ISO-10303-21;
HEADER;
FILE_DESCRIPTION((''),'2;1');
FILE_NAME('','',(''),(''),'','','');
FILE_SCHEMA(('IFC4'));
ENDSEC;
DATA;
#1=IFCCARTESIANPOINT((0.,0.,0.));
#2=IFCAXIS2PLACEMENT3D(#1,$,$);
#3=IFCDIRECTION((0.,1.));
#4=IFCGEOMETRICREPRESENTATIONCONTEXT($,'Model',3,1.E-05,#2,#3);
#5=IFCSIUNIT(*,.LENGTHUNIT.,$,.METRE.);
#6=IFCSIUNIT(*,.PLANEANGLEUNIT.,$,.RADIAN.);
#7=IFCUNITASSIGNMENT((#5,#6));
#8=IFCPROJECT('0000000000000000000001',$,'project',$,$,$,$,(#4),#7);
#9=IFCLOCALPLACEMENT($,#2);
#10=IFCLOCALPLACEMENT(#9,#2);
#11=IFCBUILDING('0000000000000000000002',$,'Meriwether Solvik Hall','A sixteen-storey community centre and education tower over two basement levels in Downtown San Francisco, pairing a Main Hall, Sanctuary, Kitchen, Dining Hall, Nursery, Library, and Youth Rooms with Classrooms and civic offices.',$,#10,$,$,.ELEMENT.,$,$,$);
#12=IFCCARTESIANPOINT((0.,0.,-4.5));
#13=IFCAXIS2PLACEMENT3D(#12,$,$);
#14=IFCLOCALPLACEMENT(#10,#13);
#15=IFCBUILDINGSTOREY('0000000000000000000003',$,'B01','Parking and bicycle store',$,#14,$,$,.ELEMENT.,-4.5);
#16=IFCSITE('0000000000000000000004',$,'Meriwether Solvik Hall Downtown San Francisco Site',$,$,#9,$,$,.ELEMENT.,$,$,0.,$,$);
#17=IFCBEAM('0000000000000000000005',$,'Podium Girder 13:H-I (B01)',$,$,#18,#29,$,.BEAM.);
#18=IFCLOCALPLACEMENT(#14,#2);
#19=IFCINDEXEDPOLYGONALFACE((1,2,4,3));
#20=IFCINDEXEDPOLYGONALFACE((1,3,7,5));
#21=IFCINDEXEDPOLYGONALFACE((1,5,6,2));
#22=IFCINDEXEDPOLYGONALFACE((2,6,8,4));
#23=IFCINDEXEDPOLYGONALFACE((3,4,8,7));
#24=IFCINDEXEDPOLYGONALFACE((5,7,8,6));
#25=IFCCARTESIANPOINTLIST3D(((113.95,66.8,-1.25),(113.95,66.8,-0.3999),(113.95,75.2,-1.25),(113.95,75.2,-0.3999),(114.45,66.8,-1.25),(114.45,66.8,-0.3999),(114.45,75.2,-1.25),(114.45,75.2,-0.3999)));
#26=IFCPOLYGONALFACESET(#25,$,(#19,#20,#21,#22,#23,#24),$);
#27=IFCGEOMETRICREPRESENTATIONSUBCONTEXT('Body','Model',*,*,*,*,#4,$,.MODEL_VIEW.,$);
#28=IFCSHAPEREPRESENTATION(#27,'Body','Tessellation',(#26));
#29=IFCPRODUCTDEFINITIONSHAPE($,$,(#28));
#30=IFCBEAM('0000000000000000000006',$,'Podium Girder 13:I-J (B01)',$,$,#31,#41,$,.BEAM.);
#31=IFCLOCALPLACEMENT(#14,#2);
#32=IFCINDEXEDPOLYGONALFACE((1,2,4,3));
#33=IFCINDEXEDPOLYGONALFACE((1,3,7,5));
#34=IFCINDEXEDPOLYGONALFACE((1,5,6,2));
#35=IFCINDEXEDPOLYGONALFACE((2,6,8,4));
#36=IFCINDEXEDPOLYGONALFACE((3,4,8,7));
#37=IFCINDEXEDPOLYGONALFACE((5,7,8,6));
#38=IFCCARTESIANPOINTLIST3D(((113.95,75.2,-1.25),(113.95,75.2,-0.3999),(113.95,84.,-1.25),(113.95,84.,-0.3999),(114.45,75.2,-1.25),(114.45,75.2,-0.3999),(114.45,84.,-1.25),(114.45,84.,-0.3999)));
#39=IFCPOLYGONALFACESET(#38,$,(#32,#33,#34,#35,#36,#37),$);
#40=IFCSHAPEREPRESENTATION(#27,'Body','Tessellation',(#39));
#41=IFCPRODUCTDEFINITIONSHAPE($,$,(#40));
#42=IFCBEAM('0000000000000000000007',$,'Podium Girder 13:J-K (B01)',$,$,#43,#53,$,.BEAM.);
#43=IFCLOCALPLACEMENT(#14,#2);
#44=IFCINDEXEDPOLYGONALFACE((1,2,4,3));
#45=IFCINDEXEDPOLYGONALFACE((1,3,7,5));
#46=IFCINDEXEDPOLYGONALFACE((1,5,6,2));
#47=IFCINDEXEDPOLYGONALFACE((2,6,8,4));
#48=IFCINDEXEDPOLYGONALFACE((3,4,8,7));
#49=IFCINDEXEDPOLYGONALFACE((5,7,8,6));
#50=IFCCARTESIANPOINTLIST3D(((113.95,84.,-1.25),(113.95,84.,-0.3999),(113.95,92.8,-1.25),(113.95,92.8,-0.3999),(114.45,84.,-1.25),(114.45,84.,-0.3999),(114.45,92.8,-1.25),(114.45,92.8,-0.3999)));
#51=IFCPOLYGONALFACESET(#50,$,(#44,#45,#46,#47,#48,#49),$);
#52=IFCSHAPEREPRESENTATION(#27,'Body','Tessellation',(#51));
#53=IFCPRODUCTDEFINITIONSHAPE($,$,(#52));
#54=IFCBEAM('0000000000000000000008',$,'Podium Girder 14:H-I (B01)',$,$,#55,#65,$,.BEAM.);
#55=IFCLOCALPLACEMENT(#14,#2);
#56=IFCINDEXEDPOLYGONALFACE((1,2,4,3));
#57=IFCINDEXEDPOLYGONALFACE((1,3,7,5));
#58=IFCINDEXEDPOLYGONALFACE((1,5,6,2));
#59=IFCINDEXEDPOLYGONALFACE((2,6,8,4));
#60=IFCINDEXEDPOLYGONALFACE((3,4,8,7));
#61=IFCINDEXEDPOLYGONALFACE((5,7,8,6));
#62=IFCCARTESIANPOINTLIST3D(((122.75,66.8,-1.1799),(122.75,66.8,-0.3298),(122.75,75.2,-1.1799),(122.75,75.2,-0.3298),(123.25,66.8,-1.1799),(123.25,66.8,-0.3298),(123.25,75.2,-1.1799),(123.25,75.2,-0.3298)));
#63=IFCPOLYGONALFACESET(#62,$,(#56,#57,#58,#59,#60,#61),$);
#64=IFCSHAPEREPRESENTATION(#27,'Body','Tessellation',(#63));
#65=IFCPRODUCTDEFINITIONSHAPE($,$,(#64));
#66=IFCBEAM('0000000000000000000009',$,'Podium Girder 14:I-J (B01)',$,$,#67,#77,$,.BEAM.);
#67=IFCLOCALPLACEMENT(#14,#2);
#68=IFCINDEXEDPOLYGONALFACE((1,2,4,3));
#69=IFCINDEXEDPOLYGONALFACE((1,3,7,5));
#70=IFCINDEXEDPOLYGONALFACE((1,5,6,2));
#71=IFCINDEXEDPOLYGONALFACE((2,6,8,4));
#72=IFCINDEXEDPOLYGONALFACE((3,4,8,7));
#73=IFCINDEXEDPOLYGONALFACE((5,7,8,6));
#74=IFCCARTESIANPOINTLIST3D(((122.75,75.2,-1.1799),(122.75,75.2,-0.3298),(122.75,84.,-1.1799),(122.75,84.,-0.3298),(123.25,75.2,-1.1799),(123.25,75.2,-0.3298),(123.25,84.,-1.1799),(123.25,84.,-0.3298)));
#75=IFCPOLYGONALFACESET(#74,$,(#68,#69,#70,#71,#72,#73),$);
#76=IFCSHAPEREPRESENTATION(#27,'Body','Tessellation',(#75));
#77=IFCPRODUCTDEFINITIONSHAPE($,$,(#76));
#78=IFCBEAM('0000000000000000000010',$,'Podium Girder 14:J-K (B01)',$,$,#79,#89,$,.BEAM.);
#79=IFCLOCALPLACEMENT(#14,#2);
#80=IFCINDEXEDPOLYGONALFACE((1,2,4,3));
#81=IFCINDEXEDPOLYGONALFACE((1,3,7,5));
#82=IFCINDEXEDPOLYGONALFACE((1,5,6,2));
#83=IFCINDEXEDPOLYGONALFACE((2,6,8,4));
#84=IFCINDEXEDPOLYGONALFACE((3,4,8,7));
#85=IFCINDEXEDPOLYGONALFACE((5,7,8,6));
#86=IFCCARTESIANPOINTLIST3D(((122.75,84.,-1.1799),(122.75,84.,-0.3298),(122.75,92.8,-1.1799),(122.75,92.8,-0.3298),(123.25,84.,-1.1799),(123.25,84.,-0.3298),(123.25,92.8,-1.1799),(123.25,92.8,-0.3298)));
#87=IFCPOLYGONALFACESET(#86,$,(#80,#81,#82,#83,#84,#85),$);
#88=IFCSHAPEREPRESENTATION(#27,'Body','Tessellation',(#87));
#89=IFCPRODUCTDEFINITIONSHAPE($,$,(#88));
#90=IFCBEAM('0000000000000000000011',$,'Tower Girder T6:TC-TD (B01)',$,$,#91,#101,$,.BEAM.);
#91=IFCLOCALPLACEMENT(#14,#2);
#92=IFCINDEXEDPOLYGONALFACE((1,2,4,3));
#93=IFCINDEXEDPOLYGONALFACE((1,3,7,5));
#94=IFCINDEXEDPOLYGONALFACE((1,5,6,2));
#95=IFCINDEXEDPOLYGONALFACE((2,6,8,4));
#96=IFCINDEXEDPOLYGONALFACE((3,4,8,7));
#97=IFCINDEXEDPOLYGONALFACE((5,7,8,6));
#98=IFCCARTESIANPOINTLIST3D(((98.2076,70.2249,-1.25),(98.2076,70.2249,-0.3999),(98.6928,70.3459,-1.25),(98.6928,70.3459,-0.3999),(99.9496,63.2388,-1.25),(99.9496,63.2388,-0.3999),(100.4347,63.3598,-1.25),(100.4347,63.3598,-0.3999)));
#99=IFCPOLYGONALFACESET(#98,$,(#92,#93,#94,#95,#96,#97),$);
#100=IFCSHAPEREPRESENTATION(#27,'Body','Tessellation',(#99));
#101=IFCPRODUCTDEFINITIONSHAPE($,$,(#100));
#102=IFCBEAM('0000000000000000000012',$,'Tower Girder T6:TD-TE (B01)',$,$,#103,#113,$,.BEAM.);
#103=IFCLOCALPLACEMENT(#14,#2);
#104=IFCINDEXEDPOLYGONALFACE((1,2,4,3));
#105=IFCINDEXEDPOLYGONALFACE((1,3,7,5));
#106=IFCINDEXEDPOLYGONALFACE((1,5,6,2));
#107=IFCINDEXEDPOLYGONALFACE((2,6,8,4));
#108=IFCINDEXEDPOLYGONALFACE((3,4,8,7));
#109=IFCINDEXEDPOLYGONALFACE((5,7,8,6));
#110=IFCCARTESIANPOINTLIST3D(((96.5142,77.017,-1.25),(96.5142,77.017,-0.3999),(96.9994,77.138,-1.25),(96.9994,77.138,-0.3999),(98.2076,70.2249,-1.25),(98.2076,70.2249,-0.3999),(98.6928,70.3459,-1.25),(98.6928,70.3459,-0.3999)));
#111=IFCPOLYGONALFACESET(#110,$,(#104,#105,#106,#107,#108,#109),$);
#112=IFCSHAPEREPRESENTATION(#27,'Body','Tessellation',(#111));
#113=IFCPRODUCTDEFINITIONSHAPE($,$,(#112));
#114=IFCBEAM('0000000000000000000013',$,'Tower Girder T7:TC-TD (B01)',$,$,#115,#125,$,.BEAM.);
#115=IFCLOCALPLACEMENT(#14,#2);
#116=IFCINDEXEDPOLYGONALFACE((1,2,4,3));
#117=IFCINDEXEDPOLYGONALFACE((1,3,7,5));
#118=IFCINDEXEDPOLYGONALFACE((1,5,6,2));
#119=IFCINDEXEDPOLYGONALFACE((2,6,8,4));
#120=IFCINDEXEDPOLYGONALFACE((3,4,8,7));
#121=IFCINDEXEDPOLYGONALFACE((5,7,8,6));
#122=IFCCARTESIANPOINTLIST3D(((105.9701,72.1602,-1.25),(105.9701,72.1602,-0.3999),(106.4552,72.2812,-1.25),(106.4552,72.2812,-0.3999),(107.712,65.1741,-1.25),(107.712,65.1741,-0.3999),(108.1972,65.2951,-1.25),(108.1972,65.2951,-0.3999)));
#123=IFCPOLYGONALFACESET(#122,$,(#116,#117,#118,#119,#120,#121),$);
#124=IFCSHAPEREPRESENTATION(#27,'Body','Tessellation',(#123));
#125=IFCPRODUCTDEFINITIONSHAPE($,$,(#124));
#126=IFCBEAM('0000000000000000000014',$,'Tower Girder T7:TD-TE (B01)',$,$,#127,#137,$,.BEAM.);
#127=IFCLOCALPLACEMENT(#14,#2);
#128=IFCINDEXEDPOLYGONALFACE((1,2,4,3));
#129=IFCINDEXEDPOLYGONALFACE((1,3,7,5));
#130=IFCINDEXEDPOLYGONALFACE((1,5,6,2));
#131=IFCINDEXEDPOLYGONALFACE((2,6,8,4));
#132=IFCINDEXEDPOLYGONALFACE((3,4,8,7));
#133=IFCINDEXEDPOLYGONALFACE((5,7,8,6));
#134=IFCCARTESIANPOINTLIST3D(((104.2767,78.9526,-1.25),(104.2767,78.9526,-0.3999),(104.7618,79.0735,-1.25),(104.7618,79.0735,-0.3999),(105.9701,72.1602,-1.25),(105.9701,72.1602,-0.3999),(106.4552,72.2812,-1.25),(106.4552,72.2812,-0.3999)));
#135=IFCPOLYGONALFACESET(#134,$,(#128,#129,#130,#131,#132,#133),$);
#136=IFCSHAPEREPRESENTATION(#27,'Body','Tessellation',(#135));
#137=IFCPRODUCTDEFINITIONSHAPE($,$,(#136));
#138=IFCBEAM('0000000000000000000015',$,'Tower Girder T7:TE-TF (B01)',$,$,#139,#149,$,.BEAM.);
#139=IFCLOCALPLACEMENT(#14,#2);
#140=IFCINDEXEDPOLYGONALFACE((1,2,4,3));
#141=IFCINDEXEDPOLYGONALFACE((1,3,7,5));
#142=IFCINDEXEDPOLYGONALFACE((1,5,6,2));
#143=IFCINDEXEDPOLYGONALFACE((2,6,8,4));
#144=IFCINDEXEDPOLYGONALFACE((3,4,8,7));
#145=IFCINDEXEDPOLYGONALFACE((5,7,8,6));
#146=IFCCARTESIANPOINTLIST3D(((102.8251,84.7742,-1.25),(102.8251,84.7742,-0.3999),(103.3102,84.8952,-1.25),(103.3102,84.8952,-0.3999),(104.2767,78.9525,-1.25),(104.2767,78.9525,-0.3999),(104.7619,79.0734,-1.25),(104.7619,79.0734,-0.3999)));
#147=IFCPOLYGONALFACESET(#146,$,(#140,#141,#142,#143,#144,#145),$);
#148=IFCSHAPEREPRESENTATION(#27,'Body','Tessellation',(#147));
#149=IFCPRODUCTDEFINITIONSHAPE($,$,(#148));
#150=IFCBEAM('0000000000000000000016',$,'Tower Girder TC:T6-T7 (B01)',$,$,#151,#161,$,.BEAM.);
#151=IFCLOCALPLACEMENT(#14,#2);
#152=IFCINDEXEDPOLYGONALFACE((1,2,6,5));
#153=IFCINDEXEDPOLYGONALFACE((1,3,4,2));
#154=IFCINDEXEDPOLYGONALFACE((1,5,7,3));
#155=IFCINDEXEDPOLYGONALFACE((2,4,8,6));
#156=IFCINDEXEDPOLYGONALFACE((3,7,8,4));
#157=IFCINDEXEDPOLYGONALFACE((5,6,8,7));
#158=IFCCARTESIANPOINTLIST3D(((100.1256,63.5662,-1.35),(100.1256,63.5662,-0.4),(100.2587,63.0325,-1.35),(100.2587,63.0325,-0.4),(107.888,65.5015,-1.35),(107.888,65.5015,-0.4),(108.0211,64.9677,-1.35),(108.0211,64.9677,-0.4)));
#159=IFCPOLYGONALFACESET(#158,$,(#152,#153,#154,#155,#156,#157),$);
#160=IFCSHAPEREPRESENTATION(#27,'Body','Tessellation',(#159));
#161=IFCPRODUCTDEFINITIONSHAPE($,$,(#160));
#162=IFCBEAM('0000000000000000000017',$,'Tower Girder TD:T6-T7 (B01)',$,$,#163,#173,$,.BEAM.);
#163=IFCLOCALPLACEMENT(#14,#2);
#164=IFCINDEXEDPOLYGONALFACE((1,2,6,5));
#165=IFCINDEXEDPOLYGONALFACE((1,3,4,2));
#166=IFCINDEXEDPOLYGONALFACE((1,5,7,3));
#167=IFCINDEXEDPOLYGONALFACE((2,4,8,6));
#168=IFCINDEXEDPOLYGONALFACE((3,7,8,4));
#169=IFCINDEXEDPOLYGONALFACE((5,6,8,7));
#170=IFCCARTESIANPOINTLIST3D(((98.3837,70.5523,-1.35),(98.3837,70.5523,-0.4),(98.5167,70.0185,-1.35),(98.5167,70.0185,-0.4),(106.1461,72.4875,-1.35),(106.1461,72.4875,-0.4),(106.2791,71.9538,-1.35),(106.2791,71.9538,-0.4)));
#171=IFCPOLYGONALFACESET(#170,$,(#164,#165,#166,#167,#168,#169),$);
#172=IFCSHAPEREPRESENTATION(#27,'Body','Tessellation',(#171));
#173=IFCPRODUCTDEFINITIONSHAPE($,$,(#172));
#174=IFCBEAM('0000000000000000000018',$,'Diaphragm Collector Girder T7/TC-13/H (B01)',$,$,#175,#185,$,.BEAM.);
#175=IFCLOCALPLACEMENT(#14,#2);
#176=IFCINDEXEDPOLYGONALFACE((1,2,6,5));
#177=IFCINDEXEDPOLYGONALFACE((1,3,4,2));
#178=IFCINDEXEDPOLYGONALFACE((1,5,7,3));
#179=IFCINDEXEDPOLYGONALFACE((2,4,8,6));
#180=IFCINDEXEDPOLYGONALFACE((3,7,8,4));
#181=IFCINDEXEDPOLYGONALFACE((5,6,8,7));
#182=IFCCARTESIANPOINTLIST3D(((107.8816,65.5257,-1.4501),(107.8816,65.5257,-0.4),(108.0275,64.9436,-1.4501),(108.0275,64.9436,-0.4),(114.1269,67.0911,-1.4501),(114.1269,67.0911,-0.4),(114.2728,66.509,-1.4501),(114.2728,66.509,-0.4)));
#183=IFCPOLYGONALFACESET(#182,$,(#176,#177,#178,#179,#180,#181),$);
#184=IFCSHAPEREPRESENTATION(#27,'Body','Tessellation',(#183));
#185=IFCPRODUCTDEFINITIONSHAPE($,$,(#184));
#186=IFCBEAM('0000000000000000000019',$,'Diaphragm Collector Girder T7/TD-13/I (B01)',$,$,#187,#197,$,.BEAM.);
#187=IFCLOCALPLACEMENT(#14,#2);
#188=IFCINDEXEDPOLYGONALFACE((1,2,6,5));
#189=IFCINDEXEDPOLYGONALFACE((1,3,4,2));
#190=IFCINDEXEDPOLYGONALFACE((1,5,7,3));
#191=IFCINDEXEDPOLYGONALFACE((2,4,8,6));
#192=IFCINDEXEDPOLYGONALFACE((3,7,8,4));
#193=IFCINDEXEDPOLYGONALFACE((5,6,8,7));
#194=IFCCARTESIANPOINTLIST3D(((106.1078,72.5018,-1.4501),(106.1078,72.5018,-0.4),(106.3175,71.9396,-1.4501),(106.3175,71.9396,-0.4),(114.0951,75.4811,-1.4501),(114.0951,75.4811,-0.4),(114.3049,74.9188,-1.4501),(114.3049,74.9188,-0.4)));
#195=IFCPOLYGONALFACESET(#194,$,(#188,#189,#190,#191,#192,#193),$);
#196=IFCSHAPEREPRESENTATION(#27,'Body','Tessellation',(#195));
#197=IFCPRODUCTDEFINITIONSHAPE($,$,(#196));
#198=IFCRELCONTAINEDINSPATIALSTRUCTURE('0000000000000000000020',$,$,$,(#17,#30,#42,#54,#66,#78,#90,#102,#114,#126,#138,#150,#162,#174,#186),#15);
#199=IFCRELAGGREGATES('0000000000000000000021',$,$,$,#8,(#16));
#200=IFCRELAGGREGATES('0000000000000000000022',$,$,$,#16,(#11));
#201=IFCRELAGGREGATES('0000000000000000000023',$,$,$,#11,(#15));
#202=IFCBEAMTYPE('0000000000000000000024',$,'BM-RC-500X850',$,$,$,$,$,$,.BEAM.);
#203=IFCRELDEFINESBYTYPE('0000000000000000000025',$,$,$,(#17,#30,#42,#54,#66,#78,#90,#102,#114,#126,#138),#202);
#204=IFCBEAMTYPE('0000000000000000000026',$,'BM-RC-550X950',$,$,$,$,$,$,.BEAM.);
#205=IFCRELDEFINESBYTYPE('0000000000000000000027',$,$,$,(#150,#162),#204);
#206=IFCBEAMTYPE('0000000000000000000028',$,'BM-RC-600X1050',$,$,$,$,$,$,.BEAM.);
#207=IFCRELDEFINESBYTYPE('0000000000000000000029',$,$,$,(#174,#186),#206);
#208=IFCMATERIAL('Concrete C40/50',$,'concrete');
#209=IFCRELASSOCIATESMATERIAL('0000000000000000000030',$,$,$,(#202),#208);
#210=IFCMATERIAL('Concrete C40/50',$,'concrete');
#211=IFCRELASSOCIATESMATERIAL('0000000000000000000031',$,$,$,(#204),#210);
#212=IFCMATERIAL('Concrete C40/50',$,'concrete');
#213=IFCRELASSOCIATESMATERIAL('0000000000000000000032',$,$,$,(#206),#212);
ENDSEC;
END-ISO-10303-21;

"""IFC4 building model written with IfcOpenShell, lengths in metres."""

from ifc_helpers import new_model, si_unit, direction, frame, origin, origin_2d, place, context, subcontext, project, spatial, rectangle, extrude, material, material_profile, profile_set, type_object, element, save


model = new_model("IFC4")

# Units and contexts
model_context = context("Model", 3, precision=1e-05, world=origin(), true_north=direction((0.0, 1.0)))
body_context = subcontext(model_context, "Body", "Model", "MODEL_VIEW")
ifc_project = project(units=[si_unit("LENGTHUNIT", "METRE"), si_unit("PLANEANGLEUNIT", "RADIAN")], contexts=[model_context])

# Site, building, storey
site_placement = place(None, origin())
site = spatial("IfcSite", under=ifc_project, at=site_placement, Name="Meriwether Solvik Hall Downtown San Francisco Site", CompositionType="ELEMENT", RefElevation=0.0)
building_placement = place(site_placement, origin())
building = spatial("IfcBuilding", under=site, at=building_placement, Name="Meriwether Solvik Hall", Description="A sixteen-storey community centre and education tower over two basement levels in Downtown San Francisco, pairing a Main Hall, Sanctuary, Kitchen, Dining Hall, Nursery, Library, and Youth Rooms with Classrooms and civic offices.", CompositionType="ELEMENT")
storey_placement = place(building_placement, frame((0.0, 0.0, -4.5)))
storey = spatial("IfcBuildingStorey", under=building, at=storey_placement, Name="B01", Description="Parking and bicycle store", CompositionType="ELEMENT", Elevation=-4.5)

# Beams
ifc_material_1 = material(Name="Concrete C40/50", Category="concrete")
ifc_material_profile_1 = material_profile(ifc_material_1, rectangle(XDim=0.5, YDim=0.8501, at=origin_2d()), Name="RCB-500X850")
ifc_profile_set_1 = profile_set([ifc_material_profile_1], Name="Concrete C40/50")
beam_type_1 = type_object("IfcBeamType", Name="BM-RC-500X850", PredefinedType="BEAM", material=ifc_profile_set_1)
beam_1_placement = place(storey_placement, frame((114.2, 66.8, -0.825), z_axis=(0.0, 1.0, 0.0), x_axis=(-1.0, 0.0, 0.0)))
element("IfcBeam", 1, at=beam_1_placement, inside=storey, type_object=beam_type_1, Name="Podium Girder 13:H-I (B01)", PredefinedType="BEAM", context=body_context, shape_type="SweptSolid", body=[
    extrude(rectangle(XDim=0.5, YDim=0.8501, at=origin_2d()), origin(), (0.0, 0.0, 1.0), 8.3999),
])
for number, where, z_axis, x_axis, name in (
    (2, (114.2, 75.2, -0.825), (0.0, 1.0, 0.0), (-1.0, 0.0, 0.0), "Podium Girder 13:I-J (B01)"),
    (3, (114.2, 84.0, -0.825), (0.0, 1.0, 0.0), (-1.0, 0.0, 0.0), "Podium Girder 13:J-K (B01)"),
):
    element("IfcBeam", number, at=place(storey_placement, frame(where, z_axis=z_axis, x_axis=x_axis)), inside=storey, type_object=beam_type_1, Name=name, PredefinedType="BEAM", context=body_context, shape_type="SweptSolid", body=[
        extrude(rectangle(XDim=0.5, YDim=0.8501, at=origin_2d()), origin(), (0.0, 0.0, 1.0), 8.8),
    ])
beam_2_placement = place(storey_placement, frame((123.0, 66.8, -0.7549), z_axis=(0.0, 1.0, 0.0), x_axis=(-1.0, 0.0, 0.0)))
element("IfcBeam", 4, at=beam_2_placement, inside=storey, type_object=beam_type_1, Name="Podium Girder 14:H-I (B01)", PredefinedType="BEAM", context=body_context, shape_type="SweptSolid", body=[
    extrude(rectangle(XDim=0.5, YDim=0.8501, at=origin_2d()), origin(), (0.0, 0.0, 1.0), 8.3999),
])
for number, where, z_axis, x_axis, name in (
    (5, (123.0, 75.2, -0.7549), (0.0, 1.0, 0.0), (-1.0, 0.0, 0.0), "Podium Girder 14:I-J (B01)"),
    (6, (123.0, 84.0, -0.7549), (0.0, 1.0, 0.0), (-1.0, 0.0, 0.0), "Podium Girder 14:J-K (B01)"),
):
    element("IfcBeam", number, at=place(storey_placement, frame(where, z_axis=z_axis, x_axis=x_axis)), inside=storey, type_object=beam_type_1, Name=name, PredefinedType="BEAM", context=body_context, shape_type="SweptSolid", body=[
        extrude(rectangle(XDim=0.5, YDim=0.8501, at=origin_2d()), origin(), (0.0, 0.0, 1.0), 8.8),
    ])
beam_3_placement = place(storey_placement, frame((100.1921, 63.2993, -0.825), z_axis=(-0.241937, 0.970292, 0.0), x_axis=(-0.970292, -0.241937, 0.0)))
element("IfcBeam", 7, at=beam_3_placement, inside=storey, type_object=beam_type_1, Name="Tower Girder T6:TC-TD (B01)", PredefinedType="BEAM", context=body_context, shape_type="SweptSolid", body=[
    extrude(rectangle(XDim=0.5, YDim=0.8501, at=origin_2d()), origin(), (0.0, 0.0, 1.0), 7.2),
])
beam_4_placement = place(storey_placement, frame((98.4502, 70.2854, -0.825), z_axis=(-0.241912, 0.970298, 0.0), x_axis=(-0.970298, -0.241912, 0.0)))
element("IfcBeam", 8, at=beam_4_placement, inside=storey, type_object=beam_type_1, Name="Tower Girder T6:TD-TE (B01)", PredefinedType="BEAM", context=body_context, shape_type="SweptSolid", body=[
    extrude(rectangle(XDim=0.5, YDim=0.8501, at=origin_2d()), origin(), (0.0, 0.0, 1.0), 7.0),
])
beam_5_placement = place(storey_placement, frame((107.9546, 65.2346, -0.825), z_axis=(-0.241937, 0.970292, 0.0), x_axis=(-0.970292, -0.241937, 0.0)))
element("IfcBeam", 9, at=beam_5_placement, inside=storey, type_object=beam_type_1, Name="Tower Girder T7:TC-TD (B01)", PredefinedType="BEAM", context=body_context, shape_type="SweptSolid", body=[
    extrude(rectangle(XDim=0.5, YDim=0.8501, at=origin_2d()), origin(), (0.0, 0.0, 1.0), 7.2),
])
beam_6_placement = place(storey_placement, frame((106.2126, 72.2207, -0.825), z_axis=(-0.241904, 0.9703, 0.0), x_axis=(-0.9703, -0.241904, 0.0)))
element("IfcBeam", 10, at=beam_6_placement, inside=storey, type_object=beam_type_1, Name="Tower Girder T7:TD-TE (B01)", PredefinedType="BEAM", context=body_context, shape_type="SweptSolid", body=[
    extrude(rectangle(XDim=0.5, YDim=0.8501, at=origin_2d()), origin(), (0.0, 0.0, 1.0), 7.0002),
])
beam_7_placement = place(storey_placement, frame((104.5193, 79.0129, -0.825), z_axis=(-0.241942, 0.970291, 0.0), x_axis=(-0.970291, -0.241942, 0.0)))
element("IfcBeam", 11, at=beam_7_placement, inside=storey, type_object=beam_type_1, Name="Tower Girder T7:TE-TF (B01)", PredefinedType="BEAM", context=body_context, shape_type="SweptSolid", body=[
    extrude(rectangle(XDim=0.5, YDim=0.8501, at=origin_2d()), origin(), (0.0, 0.0, 1.0), 6.0),
])
ifc_material_2 = material(Name="Concrete C40/50", Category="concrete")
ifc_material_profile_2 = material_profile(ifc_material_2, rectangle(XDim=0.55, YDim=0.95, at=origin_2d()), Name="RCB-550X950")
ifc_profile_set_2 = profile_set([ifc_material_profile_2], Name="Concrete C40/50")
beam_type_2 = type_object("IfcBeamType", Name="BM-RC-550X950", PredefinedType="BEAM", material=ifc_profile_set_2)
for number, where, z_axis, x_axis, name in (
    (12, (100.1921, 63.2993, -0.875), (0.970298, 0.241911, 0.0), (-0.241911, 0.970298, 0.0), "Tower Girder TC:T6-T7 (B01)"),
    (13, (98.4502, 70.2854, -0.875), (0.970298, 0.241911, 0.0), (-0.241911, 0.970298, 0.0), "Tower Girder TD:T6-T7 (B01)"),
):
    element("IfcBeam", number, at=place(storey_placement, frame(where, z_axis=z_axis, x_axis=x_axis)), inside=storey, type_object=beam_type_2, Name=name, PredefinedType="BEAM", context=body_context, shape_type="SweptSolid", body=[
        extrude(rectangle(XDim=0.55, YDim=0.95, at=origin_2d()), origin(), (0.0, 0.0, 1.0), 8.0),
    ])
ifc_material_3 = material(Name="Concrete C40/50", Category="concrete")
ifc_material_profile_3 = material_profile(ifc_material_3, rectangle(XDim=0.6001, YDim=1.05, at=origin_2d()), Name="RCB-600X1050")
ifc_profile_set_3 = profile_set([ifc_material_profile_3], Name="Concrete C40/50")
beam_type_3 = type_object("IfcBeamType", Name="BM-RC-600X1050", PredefinedType="BEAM", material=ifc_profile_set_3)
beam_8_placement = place(storey_placement, frame((107.9546, 65.2346, -0.925), z_axis=(0.969993, 0.243133, 0.0), x_axis=(-0.243133, 0.969993, 0.0)))
element("IfcBeam", 14, at=beam_8_placement, inside=storey, type_object=beam_type_3, Name="Diaphragm Collector Girder T7/TC-13/H (B01)", PredefinedType="BEAM", context=body_context, shape_type="SweptSolid", body=[
    extrude(rectangle(XDim=0.6001, YDim=1.05, at=origin_2d()), origin(), (0.0, 0.0, 1.0), 6.4385),
])
beam_9_placement = place(storey_placement, frame((106.2126, 72.2207, -0.925), z_axis=(0.936944, 0.349478, 0.0), x_axis=(-0.349478, 0.936944, 0.0)))
element("IfcBeam", 15, at=beam_9_placement, inside=storey, type_object=beam_type_3, Name="Diaphragm Collector Girder T7/TD-13/I (B01)", PredefinedType="BEAM", context=body_context, shape_type="SweptSolid", body=[
    extrude(rectangle(XDim=0.6001, YDim=1.05, at=origin_2d()), origin(), (0.0, 0.0, 1.0), 8.5249),
])

save(model, "model.ifc")
